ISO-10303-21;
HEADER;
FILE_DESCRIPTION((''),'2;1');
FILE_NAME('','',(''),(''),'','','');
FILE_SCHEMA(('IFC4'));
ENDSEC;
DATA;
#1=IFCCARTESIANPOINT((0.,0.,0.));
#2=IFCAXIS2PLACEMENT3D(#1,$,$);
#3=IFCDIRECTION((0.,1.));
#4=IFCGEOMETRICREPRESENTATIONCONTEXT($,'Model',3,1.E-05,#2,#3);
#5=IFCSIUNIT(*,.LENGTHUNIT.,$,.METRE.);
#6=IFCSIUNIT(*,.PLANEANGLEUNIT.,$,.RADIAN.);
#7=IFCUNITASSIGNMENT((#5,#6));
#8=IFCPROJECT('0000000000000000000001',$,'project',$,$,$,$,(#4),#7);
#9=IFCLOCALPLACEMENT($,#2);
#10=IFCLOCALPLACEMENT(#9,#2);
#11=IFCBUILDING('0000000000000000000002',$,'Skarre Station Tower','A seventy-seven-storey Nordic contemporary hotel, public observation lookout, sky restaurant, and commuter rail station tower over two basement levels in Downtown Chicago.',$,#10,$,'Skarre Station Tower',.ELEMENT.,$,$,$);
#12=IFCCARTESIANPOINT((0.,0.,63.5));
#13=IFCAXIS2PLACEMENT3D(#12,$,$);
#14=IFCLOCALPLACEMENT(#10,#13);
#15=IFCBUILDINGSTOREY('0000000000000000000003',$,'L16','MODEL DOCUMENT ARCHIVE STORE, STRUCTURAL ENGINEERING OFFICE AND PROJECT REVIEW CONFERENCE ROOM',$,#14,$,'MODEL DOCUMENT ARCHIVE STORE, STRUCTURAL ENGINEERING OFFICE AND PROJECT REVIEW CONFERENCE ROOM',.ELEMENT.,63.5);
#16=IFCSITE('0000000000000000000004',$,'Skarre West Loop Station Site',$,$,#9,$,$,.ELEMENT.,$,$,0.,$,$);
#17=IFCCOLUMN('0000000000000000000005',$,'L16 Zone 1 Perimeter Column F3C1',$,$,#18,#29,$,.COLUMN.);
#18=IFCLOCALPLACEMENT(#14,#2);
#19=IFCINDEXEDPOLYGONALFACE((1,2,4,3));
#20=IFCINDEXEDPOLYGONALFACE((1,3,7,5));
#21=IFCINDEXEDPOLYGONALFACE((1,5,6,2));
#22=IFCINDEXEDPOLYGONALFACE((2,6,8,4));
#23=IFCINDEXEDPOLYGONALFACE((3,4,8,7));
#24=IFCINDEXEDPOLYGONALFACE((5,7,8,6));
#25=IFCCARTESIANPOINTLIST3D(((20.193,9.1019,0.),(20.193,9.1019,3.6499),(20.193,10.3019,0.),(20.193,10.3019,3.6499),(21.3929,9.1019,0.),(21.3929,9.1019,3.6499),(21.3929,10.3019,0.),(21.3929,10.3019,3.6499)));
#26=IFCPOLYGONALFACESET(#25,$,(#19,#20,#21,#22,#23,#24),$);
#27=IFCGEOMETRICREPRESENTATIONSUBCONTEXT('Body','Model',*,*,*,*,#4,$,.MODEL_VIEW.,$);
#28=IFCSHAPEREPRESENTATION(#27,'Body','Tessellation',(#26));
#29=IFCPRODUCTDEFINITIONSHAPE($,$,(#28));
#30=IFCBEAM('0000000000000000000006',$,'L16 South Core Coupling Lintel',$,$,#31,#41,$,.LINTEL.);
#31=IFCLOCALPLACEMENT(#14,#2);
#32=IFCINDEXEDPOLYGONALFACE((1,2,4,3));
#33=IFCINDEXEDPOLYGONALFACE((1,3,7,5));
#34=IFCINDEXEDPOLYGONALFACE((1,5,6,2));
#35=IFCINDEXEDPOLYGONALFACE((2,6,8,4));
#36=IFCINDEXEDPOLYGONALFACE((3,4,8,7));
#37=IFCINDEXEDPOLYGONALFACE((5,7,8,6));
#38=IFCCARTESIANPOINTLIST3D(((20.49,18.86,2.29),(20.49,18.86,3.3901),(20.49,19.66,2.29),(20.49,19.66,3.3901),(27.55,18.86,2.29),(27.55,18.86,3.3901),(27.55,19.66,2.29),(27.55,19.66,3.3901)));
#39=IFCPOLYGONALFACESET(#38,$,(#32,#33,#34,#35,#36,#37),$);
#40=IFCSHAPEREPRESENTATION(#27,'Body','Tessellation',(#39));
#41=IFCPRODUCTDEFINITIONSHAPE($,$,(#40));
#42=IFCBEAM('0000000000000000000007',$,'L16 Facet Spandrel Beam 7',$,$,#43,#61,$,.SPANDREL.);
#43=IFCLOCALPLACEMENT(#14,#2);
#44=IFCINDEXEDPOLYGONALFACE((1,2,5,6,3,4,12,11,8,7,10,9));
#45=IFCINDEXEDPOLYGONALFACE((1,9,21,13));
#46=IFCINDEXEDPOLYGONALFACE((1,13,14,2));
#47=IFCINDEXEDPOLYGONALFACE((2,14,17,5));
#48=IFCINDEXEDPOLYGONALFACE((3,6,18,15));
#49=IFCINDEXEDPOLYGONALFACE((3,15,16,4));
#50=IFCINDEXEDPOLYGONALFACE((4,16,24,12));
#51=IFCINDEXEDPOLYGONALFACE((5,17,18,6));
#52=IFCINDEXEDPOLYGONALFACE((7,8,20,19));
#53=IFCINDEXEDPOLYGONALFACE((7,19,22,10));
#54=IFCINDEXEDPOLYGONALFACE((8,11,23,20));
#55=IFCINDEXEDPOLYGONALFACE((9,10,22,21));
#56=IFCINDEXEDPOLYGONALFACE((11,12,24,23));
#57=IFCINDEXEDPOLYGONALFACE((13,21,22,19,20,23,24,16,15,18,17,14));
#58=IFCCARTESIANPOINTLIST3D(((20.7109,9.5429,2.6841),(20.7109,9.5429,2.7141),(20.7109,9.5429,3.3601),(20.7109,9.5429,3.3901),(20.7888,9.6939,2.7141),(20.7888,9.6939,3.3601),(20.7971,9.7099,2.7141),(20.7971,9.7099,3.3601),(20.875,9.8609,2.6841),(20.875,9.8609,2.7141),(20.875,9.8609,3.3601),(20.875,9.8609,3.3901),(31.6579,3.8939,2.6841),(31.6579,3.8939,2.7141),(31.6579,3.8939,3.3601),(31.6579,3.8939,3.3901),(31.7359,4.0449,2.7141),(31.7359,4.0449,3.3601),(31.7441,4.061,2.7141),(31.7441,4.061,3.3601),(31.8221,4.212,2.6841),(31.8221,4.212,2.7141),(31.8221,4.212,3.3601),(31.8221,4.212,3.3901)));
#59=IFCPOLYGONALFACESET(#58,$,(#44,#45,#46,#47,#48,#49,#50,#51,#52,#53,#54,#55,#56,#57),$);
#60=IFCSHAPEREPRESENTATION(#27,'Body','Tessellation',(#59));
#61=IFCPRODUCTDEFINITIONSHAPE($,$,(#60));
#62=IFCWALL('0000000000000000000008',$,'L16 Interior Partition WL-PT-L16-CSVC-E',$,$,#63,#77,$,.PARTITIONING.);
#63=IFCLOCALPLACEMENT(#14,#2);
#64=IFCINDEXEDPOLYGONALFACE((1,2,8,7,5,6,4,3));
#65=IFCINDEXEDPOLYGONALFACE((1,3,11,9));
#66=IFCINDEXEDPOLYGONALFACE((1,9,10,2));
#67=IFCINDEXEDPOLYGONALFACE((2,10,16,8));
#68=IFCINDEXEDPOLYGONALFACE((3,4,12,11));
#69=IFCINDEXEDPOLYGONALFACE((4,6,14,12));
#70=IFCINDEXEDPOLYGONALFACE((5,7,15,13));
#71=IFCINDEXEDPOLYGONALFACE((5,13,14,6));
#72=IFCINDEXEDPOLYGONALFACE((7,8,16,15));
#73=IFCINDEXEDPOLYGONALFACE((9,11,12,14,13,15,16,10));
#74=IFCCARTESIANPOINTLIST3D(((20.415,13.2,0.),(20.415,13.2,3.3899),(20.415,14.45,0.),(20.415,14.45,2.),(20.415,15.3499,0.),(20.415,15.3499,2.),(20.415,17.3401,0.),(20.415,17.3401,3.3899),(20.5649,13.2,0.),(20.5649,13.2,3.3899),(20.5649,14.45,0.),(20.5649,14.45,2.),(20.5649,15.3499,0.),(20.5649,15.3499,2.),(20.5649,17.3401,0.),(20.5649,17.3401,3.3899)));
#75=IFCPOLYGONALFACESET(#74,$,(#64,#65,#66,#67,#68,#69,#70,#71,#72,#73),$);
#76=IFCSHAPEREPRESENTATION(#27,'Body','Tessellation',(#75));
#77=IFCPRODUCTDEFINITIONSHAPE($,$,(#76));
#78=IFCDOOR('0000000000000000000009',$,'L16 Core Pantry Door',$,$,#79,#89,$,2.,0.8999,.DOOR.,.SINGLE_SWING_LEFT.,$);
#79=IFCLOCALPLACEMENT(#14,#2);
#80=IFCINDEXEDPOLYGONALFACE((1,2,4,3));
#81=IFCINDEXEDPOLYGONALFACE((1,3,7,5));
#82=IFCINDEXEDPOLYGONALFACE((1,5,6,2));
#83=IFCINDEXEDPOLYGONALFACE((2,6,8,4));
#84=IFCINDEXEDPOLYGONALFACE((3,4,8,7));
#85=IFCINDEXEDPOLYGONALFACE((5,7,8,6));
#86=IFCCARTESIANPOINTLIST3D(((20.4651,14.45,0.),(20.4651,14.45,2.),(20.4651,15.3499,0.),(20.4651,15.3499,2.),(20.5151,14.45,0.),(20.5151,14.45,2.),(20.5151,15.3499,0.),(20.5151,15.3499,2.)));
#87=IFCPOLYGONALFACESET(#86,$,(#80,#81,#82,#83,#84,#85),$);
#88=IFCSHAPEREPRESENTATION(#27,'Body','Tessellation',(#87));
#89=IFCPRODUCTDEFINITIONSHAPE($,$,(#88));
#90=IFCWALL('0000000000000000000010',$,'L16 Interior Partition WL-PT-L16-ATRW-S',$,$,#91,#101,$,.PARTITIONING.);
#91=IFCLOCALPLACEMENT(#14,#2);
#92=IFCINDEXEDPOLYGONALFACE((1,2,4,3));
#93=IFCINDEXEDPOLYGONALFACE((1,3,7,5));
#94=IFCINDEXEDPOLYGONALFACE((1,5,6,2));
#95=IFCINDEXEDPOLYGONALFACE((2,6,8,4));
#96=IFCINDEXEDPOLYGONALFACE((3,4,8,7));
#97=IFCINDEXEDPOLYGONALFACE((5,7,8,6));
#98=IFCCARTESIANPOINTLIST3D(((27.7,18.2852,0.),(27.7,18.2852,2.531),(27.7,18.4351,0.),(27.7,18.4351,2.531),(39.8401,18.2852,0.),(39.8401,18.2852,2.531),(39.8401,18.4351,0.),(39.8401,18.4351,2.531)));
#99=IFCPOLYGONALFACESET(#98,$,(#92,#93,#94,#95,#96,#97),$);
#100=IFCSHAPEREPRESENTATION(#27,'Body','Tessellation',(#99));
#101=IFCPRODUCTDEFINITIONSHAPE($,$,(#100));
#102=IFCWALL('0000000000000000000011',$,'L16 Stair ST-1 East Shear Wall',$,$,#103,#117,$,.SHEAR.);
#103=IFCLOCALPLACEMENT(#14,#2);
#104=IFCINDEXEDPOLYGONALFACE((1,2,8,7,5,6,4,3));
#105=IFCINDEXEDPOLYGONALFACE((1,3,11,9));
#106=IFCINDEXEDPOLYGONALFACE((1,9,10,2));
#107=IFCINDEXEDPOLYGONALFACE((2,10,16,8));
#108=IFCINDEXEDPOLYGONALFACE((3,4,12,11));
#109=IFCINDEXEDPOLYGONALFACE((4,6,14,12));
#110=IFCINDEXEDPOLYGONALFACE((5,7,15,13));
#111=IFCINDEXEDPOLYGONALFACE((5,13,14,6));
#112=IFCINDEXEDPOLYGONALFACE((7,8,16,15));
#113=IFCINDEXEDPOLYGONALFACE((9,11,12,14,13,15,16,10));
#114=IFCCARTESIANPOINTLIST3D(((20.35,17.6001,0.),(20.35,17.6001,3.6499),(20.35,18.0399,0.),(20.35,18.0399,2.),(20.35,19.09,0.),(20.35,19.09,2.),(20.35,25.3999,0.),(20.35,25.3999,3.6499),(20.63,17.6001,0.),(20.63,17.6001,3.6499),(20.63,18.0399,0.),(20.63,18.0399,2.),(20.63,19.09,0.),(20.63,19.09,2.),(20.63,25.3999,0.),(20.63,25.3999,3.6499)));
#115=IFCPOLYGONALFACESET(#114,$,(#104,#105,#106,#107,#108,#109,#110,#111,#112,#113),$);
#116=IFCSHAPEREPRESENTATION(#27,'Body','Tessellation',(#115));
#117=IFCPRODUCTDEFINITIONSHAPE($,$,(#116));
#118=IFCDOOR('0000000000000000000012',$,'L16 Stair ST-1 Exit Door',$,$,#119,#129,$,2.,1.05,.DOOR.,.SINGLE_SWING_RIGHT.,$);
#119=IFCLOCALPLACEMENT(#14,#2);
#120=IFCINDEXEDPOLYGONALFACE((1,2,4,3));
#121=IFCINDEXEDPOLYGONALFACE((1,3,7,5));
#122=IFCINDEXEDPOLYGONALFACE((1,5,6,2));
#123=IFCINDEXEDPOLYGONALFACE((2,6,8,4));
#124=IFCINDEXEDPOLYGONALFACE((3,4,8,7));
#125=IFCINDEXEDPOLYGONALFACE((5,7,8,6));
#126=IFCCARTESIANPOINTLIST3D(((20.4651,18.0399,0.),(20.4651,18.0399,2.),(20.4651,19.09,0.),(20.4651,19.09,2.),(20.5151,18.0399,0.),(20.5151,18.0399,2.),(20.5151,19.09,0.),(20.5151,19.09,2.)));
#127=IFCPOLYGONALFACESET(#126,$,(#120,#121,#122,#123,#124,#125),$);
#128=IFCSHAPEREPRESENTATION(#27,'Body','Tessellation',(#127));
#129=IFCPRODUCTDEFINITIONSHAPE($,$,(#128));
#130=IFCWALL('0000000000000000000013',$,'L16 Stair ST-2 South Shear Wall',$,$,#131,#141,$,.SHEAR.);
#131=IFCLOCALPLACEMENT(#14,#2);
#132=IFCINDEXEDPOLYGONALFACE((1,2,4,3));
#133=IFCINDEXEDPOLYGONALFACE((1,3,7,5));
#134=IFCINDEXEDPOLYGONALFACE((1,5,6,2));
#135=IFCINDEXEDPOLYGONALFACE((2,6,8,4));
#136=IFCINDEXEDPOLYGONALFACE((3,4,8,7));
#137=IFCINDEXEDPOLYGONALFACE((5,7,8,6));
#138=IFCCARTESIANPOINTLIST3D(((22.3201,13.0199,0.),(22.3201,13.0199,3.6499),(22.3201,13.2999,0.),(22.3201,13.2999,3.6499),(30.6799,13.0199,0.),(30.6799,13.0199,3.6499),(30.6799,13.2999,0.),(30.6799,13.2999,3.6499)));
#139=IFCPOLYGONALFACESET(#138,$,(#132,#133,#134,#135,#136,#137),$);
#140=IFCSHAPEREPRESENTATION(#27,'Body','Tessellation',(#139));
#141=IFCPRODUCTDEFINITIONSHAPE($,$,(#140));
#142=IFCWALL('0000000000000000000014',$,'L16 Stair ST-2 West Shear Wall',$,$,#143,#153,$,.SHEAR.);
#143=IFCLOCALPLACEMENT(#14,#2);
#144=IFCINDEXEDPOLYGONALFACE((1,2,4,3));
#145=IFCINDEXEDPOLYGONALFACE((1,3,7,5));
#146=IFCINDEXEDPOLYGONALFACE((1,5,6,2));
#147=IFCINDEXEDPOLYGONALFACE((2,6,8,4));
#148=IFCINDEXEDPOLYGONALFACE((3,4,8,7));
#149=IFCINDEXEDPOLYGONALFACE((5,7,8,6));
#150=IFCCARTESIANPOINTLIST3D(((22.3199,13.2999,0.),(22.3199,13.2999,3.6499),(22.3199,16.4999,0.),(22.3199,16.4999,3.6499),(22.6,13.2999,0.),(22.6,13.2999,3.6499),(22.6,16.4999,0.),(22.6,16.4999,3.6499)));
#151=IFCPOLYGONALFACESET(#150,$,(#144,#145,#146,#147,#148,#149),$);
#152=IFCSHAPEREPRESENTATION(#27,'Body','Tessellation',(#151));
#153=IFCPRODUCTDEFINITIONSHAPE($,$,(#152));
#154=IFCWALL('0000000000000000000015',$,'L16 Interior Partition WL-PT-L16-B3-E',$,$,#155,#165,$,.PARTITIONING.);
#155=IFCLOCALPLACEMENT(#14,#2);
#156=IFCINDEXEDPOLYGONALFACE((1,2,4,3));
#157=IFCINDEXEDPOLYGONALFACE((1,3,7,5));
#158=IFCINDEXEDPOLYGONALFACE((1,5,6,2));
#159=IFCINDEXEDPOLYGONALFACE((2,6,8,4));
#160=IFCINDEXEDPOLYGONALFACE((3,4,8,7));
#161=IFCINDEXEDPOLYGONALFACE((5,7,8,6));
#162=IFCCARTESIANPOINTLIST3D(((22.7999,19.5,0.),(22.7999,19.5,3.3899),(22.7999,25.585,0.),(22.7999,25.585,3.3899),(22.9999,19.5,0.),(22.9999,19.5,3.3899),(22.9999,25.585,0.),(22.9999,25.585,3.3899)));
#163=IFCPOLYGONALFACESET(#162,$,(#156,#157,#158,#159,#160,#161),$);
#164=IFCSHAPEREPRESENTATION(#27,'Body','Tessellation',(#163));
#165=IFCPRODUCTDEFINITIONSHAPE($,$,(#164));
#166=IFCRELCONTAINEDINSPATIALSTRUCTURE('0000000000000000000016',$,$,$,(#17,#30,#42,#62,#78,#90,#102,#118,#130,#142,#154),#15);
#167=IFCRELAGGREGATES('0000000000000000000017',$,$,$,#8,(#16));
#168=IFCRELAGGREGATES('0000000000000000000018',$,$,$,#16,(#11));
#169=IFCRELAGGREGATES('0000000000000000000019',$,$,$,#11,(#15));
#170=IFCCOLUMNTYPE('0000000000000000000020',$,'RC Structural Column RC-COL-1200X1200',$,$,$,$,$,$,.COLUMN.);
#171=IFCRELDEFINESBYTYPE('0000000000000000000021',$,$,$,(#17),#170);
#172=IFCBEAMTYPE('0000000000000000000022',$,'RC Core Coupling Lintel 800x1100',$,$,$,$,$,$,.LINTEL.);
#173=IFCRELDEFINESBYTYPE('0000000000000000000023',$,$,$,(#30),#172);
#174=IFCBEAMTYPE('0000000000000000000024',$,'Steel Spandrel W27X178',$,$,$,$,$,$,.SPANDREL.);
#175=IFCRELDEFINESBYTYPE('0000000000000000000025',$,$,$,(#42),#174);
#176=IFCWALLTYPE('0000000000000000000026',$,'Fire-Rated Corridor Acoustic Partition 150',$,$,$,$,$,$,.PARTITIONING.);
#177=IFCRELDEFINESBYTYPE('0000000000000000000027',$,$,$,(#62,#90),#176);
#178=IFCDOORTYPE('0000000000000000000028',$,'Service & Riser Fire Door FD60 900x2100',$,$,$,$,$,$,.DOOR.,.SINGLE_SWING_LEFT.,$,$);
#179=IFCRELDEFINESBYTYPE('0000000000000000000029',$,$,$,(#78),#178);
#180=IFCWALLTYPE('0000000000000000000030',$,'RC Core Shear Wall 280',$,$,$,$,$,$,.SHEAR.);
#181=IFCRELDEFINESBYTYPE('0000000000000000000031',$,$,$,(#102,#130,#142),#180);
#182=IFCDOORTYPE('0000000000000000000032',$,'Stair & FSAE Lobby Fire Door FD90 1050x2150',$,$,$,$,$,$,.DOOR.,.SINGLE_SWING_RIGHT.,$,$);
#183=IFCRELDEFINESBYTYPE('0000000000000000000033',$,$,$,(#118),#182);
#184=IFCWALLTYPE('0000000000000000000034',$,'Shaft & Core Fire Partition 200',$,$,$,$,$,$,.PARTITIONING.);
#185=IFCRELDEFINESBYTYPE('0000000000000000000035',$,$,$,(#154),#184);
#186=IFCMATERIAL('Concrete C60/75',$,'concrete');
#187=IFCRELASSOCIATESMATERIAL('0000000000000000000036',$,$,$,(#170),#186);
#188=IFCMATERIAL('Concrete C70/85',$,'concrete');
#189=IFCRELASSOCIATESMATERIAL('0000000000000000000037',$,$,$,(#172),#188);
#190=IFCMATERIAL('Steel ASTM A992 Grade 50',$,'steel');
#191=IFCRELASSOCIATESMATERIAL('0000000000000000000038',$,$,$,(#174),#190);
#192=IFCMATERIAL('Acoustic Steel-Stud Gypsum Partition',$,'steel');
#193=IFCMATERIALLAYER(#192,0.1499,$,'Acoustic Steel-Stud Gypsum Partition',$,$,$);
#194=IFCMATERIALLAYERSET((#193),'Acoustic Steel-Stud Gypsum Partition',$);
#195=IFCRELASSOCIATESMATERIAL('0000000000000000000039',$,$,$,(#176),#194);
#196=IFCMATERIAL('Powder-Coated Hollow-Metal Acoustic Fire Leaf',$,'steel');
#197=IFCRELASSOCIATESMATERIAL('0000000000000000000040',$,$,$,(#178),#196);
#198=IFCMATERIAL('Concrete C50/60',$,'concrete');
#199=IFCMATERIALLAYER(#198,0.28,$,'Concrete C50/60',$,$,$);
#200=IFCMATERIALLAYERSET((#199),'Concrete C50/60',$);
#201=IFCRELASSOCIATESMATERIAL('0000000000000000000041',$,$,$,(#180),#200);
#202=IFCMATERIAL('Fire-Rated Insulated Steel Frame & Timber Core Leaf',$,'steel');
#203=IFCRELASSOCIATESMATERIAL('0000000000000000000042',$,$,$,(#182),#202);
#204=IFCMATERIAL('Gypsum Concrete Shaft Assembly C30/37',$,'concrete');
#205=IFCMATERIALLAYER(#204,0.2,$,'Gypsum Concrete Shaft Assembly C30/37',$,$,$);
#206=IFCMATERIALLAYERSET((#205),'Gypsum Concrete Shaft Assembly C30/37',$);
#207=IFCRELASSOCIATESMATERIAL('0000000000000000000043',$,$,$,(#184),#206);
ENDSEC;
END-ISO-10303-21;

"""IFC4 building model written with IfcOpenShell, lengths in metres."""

from ifc_helpers import new_model, si_unit, direction, frame, frame_2d, origin, origin_2d, place, context, subcontext, project, spatial, rectangle, i_section, extrude, material, layer, layer_set, material_profile, profile_set, type_object, element, fill, save


model = new_model("IFC4")

# Units and contexts
model_context = context("Model", 3, precision=1e-05, world=origin(), true_north=direction((0.0, 1.0)))
body_context = subcontext(model_context, "Body", "Model", "MODEL_VIEW")
ifc_project = project(units=[si_unit("LENGTHUNIT", "METRE"), si_unit("PLANEANGLEUNIT", "RADIAN")], contexts=[model_context])

# Site, building, storey
site_placement = place(None, origin())
site = spatial("IfcSite", under=ifc_project, at=site_placement, Name="Skarre West Loop Station Site", CompositionType="ELEMENT", RefElevation=0.0)
building_placement = place(site_placement, origin())
building = spatial("IfcBuilding", under=site, at=building_placement, Name="Skarre Station Tower", Description="A seventy-seven-storey Nordic contemporary hotel, public observation lookout, sky restaurant, and commuter rail station tower over two basement levels in Downtown Chicago.", LongName="Skarre Station Tower", CompositionType="ELEMENT")
storey_placement = place(building_placement, frame((0.0, 0.0, 63.5)))
storey = spatial("IfcBuildingStorey", under=building, at=storey_placement, Name="L16", Description="MODEL DOCUMENT ARCHIVE STORE, STRUCTURAL ENGINEERING OFFICE AND PROJECT REVIEW CONFERENCE ROOM", LongName="MODEL DOCUMENT ARCHIVE STORE, STRUCTURAL ENGINEERING OFFICE AND PROJECT REVIEW CONFERENCE ROOM", CompositionType="ELEMENT", Elevation=63.5)

# Column
ifc_material_1 = material(Name="Concrete C60/75", Category="concrete")
ifc_material_profile_1 = material_profile(ifc_material_1, rectangle(XDim=1.2, YDim=1.2, at=origin_2d()), Name="Concrete C60/75")
ifc_profile_set_1 = profile_set([ifc_material_profile_1], Name="Concrete C60/75")
column_type = type_object("IfcColumnType", Name="RC Structural Column RC-COL-1200X1200", PredefinedType="COLUMN", material=ifc_profile_set_1)
column_placement = place(storey_placement, frame((20.793, 9.7019, 0.0), z_axis=(0.0, 0.0, 1.0), x_axis=(1.0, 0.0, 0.0)))
element("IfcColumn", 1, at=column_placement, inside=storey, type_object=column_type, Name="L16 Zone 1 Perimeter Column F3C1", PredefinedType="COLUMN", context=body_context, shape_type="SweptSolid", body=[
    extrude(rectangle(XDim=1.2, YDim=1.2, at=origin_2d()), origin(), (0.0, 0.0, 1.0), 3.6499),
])

# Beams
ifc_material_2 = material(Name="Concrete C70/85", Category="concrete")
ifc_material_profile_2 = material_profile(ifc_material_2, rectangle(XDim=0.8, YDim=1.1001, at=origin_2d()), Name="Concrete C70/85")
ifc_profile_set_2 = profile_set([ifc_material_profile_2], Name="Concrete C70/85")
beam_type_1 = type_object("IfcBeamType", Name="RC Core Coupling Lintel 800x1100", PredefinedType="LINTEL", material=ifc_profile_set_2)
beam_1_placement = place(storey_placement, frame((20.49, 19.26, 2.8401), z_axis=(1.0, 0.0, 0.0), x_axis=(0.0, 1.0, 0.0)))
element("IfcBeam", 2, at=beam_1_placement, inside=storey, type_object=beam_type_1, Name="L16 South Core Coupling Lintel", PredefinedType="LINTEL", context=body_context, shape_type="SweptSolid", body=[
    extrude(rectangle(XDim=0.8, YDim=1.1001, at=origin_2d()), origin(), (0.0, 0.0, 1.0), 7.0601),
])
ifc_material_3 = material(Name="Steel ASTM A992 Grade 50", Category="steel")
ifc_material_profile_3 = material_profile(ifc_material_3, i_section(OverallWidth=0.3579, OverallDepth=0.7061, WebThickness=0.0181, FlangeThickness=0.03, at=origin_2d()), Name="Steel ASTM A992 Grade 50")
ifc_profile_set_3 = profile_set([ifc_material_profile_3], Name="Steel ASTM A992 Grade 50")
beam_type_2 = type_object("IfcBeamType", Name="Steel Spandrel W27X178", PredefinedType="SPANDREL", material=ifc_profile_set_3)
beam_2_placement = place(storey_placement, frame((20.793, 9.7019, 3.0371), z_axis=(0.888659, -0.458569, 0.0), x_axis=(0.458569, 0.888659, 0.0)))
element("IfcBeam", 3, at=beam_2_placement, inside=storey, type_object=beam_type_2, Name="L16 Facet Spandrel Beam 7", PredefinedType="SPANDREL", context=body_context, shape_type="SweptSolid", body=[
    extrude(i_section(OverallWidth=0.3579, OverallDepth=0.7061, WebThickness=0.0181, FlangeThickness=0.03, at=origin_2d()), origin(), (0.0, 0.0, 1.0), 12.3186),
])

# Wall, opening, door
ifc_material_4 = material(Name="Acoustic Steel-Stud Gypsum Partition", Category="steel")
ifc_layer_1 = layer(ifc_material_4, 0.1499, Name="Acoustic Steel-Stud Gypsum Partition")
ifc_layer_set_1 = layer_set([ifc_layer_1], Name="Acoustic Steel-Stud Gypsum Partition")
wall_type_1 = type_object("IfcWallType", Name="Fire-Rated Corridor Acoustic Partition 150", PredefinedType="PARTITIONING", material=ifc_layer_set_1)
wall_1_placement = place(storey_placement, frame((20.49, 13.2, 0.0), z_axis=(0.0, 0.0, 1.0), x_axis=(0.0, 1.0, 0.0)))
wall_1 = element("IfcWall", 4, at=wall_1_placement, inside=storey, type_object=wall_type_1, Name="L16 Interior Partition WL-PT-L16-CSVC-E", PredefinedType="PARTITIONING", context=body_context, shape_type="SweptSolid", body=[
    extrude(rectangle(XDim=4.1401, YDim=0.1499, at=frame_2d((2.0701, 0.0))), origin(), (0.0, 0.0, 1.0), 3.3899),
])
opening_1_placement = place(wall_1_placement, frame((1.25, 0.0, 0.0)))
opening_1 = element("IfcOpeningElement", 5, at=opening_1_placement, cuts=wall_1, PredefinedType="OPENING", context=body_context, shape_type="SweptSolid", body=[
    extrude(rectangle(XDim=0.8999, YDim=2.0, at=frame_2d((0.45, 1.0))), frame((0.0, 0.085, 0.0), z_axis=(0.0, -1.0, 0.0), x_axis=(1.0, 0.0, 0.0)), (0.0, 0.0, 1.0), 0.1699),
])
ifc_material_5 = material(Name="Powder-Coated Hollow-Metal Acoustic Fire Leaf", Category="steel")
door_type_1 = type_object("IfcDoorType", Name="Service & Riser Fire Door FD60 900x2100", OperationType="SINGLE_SWING_LEFT", PredefinedType="DOOR", material=ifc_material_5)
door_1_placement = place(opening_1_placement, origin())
door_1 = element("IfcDoor", 6, at=door_1_placement, inside=storey, type_object=door_type_1, Name="L16 Core Pantry Door", OperationType="SINGLE_SWING_LEFT", OverallHeight=2.0, OverallWidth=0.8999, PredefinedType="DOOR", context=body_context, shape_type="SweptSolid", body=[
    extrude(rectangle(XDim=0.8999, YDim=2.0, at=frame_2d((0.45, 1.0))), frame((0.0, 0.0249, 0.0), z_axis=(0.0, -1.0, 0.0), x_axis=(1.0, 0.0, 0.0)), (0.0, 0.0, 1.0), 0.05),
])
fill(opening_1, door_1)

# Wall
wall_2_placement = place(storey_placement, frame((27.7, 18.3601, 0.0), z_axis=(0.0, 0.0, 1.0), x_axis=(1.0, 0.0, 0.0)))
element("IfcWall", 7, at=wall_2_placement, inside=storey, type_object=wall_type_1, Name="L16 Interior Partition WL-PT-L16-ATRW-S", PredefinedType="PARTITIONING", context=body_context, shape_type="SweptSolid", body=[
    extrude(rectangle(XDim=12.1401, YDim=0.1499, at=frame_2d((6.0701, 0.0))), origin(), (0.0, 0.0, 1.0), 2.531),
])

# Wall, opening, door
ifc_material_6 = material(Name="Concrete C50/60", Category="concrete")
ifc_layer_2 = layer(ifc_material_6, 0.28, Name="Concrete C50/60")
ifc_layer_set_2 = layer_set([ifc_layer_2], Name="Concrete C50/60")
wall_type_2 = type_object("IfcWallType", Name="RC Core Shear Wall 280", PredefinedType="SHEAR", material=ifc_layer_set_2)
wall_3_placement = place(storey_placement, frame((20.49, 17.6001, 0.0), z_axis=(0.0, 0.0, 1.0), x_axis=(0.0, 1.0, 0.0)))
wall_3 = element("IfcWall", 8, at=wall_3_placement, inside=storey, type_object=wall_type_2, Name="L16 Stair ST-1 East Shear Wall", PredefinedType="SHEAR", context=body_context, shape_type="SweptSolid", body=[
    extrude(rectangle(XDim=7.7998, YDim=0.28, at=frame_2d((3.8999, 0.0))), origin(), (0.0, 0.0, 1.0), 3.6499),
])
opening_2_placement = place(wall_3_placement, frame((0.4399, 0.0, 0.0)))
opening_2 = element("IfcOpeningElement", 9, at=opening_2_placement, cuts=wall_3, PredefinedType="OPENING", context=body_context, shape_type="SweptSolid", body=[
    extrude(rectangle(XDim=1.05, YDim=2.0, at=frame_2d((0.5249, 1.0))), frame((0.0, 0.1499, 0.0), z_axis=(0.0, -1.0, 0.0), x_axis=(1.0, 0.0, 0.0)), (0.0, 0.0, 1.0), 0.3),
])
ifc_material_7 = material(Name="Fire-Rated Insulated Steel Frame & Timber Core Leaf", Category="steel")
door_type_2 = type_object("IfcDoorType", Name="Stair & FSAE Lobby Fire Door FD90 1050x2150", OperationType="SINGLE_SWING_RIGHT", PredefinedType="DOOR", material=ifc_material_7)
door_2_placement = place(opening_2_placement, origin())
door_2 = element("IfcDoor", 10, at=door_2_placement, inside=storey, type_object=door_type_2, Name="L16 Stair ST-1 Exit Door", OperationType="SINGLE_SWING_RIGHT", OverallHeight=2.0, OverallWidth=1.05, PredefinedType="DOOR", context=body_context, shape_type="SweptSolid", body=[
    extrude(rectangle(XDim=1.05, YDim=2.0, at=frame_2d((0.5249, 1.0))), frame((0.0, 0.0249, 0.0), z_axis=(0.0, -1.0, 0.0), x_axis=(1.0, 0.0, 0.0)), (0.0, 0.0, 1.0), 0.05),
])
fill(opening_2, door_2)

# Walls
wall_4_placement = place(storey_placement, frame((22.3201, 13.1599, 0.0), z_axis=(0.0, 0.0, 1.0), x_axis=(1.0, 0.0, 0.0)))
element("IfcWall", 11, at=wall_4_placement, inside=storey, type_object=wall_type_2, Name="L16 Stair ST-2 South Shear Wall", PredefinedType="SHEAR", context=body_context, shape_type="SweptSolid", body=[
    extrude(rectangle(XDim=8.3599, YDim=0.28, at=frame_2d((4.1799, 0.0))), origin(), (0.0, 0.0, 1.0), 3.6499),
])
wall_5_placement = place(storey_placement, frame((22.46, 16.5, 0.0), z_axis=(0.0, 0.0, 1.0), x_axis=(0.0, -1.0, 0.0)))
element("IfcWall", 12, at=wall_5_placement, inside=storey, type_object=wall_type_2, Name="L16 Stair ST-2 West Shear Wall", PredefinedType="SHEAR", context=body_context, shape_type="SweptSolid", body=[
    extrude(rectangle(XDim=3.2, YDim=0.28, at=frame_2d((1.6001, 0.0))), origin(), (0.0, 0.0, 1.0), 3.6499),
])
ifc_material_8 = material(Name="Gypsum Concrete Shaft Assembly C30/37", Category="concrete")
ifc_layer_3 = layer(ifc_material_8, 0.2, Name="Gypsum Concrete Shaft Assembly C30/37")
ifc_layer_set_3 = layer_set([ifc_layer_3], Name="Gypsum Concrete Shaft Assembly C30/37")
wall_type_3 = type_object("IfcWallType", Name="Shaft & Core Fire Partition 200", PredefinedType="PARTITIONING", material=ifc_layer_set_3)
wall_6_placement = place(storey_placement, frame((22.8999, 19.5, 0.0), z_axis=(0.0, 0.0, 1.0), x_axis=(0.0, 1.0, 0.0)))
element("IfcWall", 13, at=wall_6_placement, inside=storey, type_object=wall_type_3, Name="L16 Interior Partition WL-PT-L16-B3-E", PredefinedType="PARTITIONING", context=body_context, shape_type="SweptSolid", body=[
    extrude(rectangle(XDim=6.085, YDim=0.2, at=frame_2d((3.0425, 0.0))), origin(), (0.0, 0.0, 1.0), 3.3899),
])

save(model, "model.ifc")
